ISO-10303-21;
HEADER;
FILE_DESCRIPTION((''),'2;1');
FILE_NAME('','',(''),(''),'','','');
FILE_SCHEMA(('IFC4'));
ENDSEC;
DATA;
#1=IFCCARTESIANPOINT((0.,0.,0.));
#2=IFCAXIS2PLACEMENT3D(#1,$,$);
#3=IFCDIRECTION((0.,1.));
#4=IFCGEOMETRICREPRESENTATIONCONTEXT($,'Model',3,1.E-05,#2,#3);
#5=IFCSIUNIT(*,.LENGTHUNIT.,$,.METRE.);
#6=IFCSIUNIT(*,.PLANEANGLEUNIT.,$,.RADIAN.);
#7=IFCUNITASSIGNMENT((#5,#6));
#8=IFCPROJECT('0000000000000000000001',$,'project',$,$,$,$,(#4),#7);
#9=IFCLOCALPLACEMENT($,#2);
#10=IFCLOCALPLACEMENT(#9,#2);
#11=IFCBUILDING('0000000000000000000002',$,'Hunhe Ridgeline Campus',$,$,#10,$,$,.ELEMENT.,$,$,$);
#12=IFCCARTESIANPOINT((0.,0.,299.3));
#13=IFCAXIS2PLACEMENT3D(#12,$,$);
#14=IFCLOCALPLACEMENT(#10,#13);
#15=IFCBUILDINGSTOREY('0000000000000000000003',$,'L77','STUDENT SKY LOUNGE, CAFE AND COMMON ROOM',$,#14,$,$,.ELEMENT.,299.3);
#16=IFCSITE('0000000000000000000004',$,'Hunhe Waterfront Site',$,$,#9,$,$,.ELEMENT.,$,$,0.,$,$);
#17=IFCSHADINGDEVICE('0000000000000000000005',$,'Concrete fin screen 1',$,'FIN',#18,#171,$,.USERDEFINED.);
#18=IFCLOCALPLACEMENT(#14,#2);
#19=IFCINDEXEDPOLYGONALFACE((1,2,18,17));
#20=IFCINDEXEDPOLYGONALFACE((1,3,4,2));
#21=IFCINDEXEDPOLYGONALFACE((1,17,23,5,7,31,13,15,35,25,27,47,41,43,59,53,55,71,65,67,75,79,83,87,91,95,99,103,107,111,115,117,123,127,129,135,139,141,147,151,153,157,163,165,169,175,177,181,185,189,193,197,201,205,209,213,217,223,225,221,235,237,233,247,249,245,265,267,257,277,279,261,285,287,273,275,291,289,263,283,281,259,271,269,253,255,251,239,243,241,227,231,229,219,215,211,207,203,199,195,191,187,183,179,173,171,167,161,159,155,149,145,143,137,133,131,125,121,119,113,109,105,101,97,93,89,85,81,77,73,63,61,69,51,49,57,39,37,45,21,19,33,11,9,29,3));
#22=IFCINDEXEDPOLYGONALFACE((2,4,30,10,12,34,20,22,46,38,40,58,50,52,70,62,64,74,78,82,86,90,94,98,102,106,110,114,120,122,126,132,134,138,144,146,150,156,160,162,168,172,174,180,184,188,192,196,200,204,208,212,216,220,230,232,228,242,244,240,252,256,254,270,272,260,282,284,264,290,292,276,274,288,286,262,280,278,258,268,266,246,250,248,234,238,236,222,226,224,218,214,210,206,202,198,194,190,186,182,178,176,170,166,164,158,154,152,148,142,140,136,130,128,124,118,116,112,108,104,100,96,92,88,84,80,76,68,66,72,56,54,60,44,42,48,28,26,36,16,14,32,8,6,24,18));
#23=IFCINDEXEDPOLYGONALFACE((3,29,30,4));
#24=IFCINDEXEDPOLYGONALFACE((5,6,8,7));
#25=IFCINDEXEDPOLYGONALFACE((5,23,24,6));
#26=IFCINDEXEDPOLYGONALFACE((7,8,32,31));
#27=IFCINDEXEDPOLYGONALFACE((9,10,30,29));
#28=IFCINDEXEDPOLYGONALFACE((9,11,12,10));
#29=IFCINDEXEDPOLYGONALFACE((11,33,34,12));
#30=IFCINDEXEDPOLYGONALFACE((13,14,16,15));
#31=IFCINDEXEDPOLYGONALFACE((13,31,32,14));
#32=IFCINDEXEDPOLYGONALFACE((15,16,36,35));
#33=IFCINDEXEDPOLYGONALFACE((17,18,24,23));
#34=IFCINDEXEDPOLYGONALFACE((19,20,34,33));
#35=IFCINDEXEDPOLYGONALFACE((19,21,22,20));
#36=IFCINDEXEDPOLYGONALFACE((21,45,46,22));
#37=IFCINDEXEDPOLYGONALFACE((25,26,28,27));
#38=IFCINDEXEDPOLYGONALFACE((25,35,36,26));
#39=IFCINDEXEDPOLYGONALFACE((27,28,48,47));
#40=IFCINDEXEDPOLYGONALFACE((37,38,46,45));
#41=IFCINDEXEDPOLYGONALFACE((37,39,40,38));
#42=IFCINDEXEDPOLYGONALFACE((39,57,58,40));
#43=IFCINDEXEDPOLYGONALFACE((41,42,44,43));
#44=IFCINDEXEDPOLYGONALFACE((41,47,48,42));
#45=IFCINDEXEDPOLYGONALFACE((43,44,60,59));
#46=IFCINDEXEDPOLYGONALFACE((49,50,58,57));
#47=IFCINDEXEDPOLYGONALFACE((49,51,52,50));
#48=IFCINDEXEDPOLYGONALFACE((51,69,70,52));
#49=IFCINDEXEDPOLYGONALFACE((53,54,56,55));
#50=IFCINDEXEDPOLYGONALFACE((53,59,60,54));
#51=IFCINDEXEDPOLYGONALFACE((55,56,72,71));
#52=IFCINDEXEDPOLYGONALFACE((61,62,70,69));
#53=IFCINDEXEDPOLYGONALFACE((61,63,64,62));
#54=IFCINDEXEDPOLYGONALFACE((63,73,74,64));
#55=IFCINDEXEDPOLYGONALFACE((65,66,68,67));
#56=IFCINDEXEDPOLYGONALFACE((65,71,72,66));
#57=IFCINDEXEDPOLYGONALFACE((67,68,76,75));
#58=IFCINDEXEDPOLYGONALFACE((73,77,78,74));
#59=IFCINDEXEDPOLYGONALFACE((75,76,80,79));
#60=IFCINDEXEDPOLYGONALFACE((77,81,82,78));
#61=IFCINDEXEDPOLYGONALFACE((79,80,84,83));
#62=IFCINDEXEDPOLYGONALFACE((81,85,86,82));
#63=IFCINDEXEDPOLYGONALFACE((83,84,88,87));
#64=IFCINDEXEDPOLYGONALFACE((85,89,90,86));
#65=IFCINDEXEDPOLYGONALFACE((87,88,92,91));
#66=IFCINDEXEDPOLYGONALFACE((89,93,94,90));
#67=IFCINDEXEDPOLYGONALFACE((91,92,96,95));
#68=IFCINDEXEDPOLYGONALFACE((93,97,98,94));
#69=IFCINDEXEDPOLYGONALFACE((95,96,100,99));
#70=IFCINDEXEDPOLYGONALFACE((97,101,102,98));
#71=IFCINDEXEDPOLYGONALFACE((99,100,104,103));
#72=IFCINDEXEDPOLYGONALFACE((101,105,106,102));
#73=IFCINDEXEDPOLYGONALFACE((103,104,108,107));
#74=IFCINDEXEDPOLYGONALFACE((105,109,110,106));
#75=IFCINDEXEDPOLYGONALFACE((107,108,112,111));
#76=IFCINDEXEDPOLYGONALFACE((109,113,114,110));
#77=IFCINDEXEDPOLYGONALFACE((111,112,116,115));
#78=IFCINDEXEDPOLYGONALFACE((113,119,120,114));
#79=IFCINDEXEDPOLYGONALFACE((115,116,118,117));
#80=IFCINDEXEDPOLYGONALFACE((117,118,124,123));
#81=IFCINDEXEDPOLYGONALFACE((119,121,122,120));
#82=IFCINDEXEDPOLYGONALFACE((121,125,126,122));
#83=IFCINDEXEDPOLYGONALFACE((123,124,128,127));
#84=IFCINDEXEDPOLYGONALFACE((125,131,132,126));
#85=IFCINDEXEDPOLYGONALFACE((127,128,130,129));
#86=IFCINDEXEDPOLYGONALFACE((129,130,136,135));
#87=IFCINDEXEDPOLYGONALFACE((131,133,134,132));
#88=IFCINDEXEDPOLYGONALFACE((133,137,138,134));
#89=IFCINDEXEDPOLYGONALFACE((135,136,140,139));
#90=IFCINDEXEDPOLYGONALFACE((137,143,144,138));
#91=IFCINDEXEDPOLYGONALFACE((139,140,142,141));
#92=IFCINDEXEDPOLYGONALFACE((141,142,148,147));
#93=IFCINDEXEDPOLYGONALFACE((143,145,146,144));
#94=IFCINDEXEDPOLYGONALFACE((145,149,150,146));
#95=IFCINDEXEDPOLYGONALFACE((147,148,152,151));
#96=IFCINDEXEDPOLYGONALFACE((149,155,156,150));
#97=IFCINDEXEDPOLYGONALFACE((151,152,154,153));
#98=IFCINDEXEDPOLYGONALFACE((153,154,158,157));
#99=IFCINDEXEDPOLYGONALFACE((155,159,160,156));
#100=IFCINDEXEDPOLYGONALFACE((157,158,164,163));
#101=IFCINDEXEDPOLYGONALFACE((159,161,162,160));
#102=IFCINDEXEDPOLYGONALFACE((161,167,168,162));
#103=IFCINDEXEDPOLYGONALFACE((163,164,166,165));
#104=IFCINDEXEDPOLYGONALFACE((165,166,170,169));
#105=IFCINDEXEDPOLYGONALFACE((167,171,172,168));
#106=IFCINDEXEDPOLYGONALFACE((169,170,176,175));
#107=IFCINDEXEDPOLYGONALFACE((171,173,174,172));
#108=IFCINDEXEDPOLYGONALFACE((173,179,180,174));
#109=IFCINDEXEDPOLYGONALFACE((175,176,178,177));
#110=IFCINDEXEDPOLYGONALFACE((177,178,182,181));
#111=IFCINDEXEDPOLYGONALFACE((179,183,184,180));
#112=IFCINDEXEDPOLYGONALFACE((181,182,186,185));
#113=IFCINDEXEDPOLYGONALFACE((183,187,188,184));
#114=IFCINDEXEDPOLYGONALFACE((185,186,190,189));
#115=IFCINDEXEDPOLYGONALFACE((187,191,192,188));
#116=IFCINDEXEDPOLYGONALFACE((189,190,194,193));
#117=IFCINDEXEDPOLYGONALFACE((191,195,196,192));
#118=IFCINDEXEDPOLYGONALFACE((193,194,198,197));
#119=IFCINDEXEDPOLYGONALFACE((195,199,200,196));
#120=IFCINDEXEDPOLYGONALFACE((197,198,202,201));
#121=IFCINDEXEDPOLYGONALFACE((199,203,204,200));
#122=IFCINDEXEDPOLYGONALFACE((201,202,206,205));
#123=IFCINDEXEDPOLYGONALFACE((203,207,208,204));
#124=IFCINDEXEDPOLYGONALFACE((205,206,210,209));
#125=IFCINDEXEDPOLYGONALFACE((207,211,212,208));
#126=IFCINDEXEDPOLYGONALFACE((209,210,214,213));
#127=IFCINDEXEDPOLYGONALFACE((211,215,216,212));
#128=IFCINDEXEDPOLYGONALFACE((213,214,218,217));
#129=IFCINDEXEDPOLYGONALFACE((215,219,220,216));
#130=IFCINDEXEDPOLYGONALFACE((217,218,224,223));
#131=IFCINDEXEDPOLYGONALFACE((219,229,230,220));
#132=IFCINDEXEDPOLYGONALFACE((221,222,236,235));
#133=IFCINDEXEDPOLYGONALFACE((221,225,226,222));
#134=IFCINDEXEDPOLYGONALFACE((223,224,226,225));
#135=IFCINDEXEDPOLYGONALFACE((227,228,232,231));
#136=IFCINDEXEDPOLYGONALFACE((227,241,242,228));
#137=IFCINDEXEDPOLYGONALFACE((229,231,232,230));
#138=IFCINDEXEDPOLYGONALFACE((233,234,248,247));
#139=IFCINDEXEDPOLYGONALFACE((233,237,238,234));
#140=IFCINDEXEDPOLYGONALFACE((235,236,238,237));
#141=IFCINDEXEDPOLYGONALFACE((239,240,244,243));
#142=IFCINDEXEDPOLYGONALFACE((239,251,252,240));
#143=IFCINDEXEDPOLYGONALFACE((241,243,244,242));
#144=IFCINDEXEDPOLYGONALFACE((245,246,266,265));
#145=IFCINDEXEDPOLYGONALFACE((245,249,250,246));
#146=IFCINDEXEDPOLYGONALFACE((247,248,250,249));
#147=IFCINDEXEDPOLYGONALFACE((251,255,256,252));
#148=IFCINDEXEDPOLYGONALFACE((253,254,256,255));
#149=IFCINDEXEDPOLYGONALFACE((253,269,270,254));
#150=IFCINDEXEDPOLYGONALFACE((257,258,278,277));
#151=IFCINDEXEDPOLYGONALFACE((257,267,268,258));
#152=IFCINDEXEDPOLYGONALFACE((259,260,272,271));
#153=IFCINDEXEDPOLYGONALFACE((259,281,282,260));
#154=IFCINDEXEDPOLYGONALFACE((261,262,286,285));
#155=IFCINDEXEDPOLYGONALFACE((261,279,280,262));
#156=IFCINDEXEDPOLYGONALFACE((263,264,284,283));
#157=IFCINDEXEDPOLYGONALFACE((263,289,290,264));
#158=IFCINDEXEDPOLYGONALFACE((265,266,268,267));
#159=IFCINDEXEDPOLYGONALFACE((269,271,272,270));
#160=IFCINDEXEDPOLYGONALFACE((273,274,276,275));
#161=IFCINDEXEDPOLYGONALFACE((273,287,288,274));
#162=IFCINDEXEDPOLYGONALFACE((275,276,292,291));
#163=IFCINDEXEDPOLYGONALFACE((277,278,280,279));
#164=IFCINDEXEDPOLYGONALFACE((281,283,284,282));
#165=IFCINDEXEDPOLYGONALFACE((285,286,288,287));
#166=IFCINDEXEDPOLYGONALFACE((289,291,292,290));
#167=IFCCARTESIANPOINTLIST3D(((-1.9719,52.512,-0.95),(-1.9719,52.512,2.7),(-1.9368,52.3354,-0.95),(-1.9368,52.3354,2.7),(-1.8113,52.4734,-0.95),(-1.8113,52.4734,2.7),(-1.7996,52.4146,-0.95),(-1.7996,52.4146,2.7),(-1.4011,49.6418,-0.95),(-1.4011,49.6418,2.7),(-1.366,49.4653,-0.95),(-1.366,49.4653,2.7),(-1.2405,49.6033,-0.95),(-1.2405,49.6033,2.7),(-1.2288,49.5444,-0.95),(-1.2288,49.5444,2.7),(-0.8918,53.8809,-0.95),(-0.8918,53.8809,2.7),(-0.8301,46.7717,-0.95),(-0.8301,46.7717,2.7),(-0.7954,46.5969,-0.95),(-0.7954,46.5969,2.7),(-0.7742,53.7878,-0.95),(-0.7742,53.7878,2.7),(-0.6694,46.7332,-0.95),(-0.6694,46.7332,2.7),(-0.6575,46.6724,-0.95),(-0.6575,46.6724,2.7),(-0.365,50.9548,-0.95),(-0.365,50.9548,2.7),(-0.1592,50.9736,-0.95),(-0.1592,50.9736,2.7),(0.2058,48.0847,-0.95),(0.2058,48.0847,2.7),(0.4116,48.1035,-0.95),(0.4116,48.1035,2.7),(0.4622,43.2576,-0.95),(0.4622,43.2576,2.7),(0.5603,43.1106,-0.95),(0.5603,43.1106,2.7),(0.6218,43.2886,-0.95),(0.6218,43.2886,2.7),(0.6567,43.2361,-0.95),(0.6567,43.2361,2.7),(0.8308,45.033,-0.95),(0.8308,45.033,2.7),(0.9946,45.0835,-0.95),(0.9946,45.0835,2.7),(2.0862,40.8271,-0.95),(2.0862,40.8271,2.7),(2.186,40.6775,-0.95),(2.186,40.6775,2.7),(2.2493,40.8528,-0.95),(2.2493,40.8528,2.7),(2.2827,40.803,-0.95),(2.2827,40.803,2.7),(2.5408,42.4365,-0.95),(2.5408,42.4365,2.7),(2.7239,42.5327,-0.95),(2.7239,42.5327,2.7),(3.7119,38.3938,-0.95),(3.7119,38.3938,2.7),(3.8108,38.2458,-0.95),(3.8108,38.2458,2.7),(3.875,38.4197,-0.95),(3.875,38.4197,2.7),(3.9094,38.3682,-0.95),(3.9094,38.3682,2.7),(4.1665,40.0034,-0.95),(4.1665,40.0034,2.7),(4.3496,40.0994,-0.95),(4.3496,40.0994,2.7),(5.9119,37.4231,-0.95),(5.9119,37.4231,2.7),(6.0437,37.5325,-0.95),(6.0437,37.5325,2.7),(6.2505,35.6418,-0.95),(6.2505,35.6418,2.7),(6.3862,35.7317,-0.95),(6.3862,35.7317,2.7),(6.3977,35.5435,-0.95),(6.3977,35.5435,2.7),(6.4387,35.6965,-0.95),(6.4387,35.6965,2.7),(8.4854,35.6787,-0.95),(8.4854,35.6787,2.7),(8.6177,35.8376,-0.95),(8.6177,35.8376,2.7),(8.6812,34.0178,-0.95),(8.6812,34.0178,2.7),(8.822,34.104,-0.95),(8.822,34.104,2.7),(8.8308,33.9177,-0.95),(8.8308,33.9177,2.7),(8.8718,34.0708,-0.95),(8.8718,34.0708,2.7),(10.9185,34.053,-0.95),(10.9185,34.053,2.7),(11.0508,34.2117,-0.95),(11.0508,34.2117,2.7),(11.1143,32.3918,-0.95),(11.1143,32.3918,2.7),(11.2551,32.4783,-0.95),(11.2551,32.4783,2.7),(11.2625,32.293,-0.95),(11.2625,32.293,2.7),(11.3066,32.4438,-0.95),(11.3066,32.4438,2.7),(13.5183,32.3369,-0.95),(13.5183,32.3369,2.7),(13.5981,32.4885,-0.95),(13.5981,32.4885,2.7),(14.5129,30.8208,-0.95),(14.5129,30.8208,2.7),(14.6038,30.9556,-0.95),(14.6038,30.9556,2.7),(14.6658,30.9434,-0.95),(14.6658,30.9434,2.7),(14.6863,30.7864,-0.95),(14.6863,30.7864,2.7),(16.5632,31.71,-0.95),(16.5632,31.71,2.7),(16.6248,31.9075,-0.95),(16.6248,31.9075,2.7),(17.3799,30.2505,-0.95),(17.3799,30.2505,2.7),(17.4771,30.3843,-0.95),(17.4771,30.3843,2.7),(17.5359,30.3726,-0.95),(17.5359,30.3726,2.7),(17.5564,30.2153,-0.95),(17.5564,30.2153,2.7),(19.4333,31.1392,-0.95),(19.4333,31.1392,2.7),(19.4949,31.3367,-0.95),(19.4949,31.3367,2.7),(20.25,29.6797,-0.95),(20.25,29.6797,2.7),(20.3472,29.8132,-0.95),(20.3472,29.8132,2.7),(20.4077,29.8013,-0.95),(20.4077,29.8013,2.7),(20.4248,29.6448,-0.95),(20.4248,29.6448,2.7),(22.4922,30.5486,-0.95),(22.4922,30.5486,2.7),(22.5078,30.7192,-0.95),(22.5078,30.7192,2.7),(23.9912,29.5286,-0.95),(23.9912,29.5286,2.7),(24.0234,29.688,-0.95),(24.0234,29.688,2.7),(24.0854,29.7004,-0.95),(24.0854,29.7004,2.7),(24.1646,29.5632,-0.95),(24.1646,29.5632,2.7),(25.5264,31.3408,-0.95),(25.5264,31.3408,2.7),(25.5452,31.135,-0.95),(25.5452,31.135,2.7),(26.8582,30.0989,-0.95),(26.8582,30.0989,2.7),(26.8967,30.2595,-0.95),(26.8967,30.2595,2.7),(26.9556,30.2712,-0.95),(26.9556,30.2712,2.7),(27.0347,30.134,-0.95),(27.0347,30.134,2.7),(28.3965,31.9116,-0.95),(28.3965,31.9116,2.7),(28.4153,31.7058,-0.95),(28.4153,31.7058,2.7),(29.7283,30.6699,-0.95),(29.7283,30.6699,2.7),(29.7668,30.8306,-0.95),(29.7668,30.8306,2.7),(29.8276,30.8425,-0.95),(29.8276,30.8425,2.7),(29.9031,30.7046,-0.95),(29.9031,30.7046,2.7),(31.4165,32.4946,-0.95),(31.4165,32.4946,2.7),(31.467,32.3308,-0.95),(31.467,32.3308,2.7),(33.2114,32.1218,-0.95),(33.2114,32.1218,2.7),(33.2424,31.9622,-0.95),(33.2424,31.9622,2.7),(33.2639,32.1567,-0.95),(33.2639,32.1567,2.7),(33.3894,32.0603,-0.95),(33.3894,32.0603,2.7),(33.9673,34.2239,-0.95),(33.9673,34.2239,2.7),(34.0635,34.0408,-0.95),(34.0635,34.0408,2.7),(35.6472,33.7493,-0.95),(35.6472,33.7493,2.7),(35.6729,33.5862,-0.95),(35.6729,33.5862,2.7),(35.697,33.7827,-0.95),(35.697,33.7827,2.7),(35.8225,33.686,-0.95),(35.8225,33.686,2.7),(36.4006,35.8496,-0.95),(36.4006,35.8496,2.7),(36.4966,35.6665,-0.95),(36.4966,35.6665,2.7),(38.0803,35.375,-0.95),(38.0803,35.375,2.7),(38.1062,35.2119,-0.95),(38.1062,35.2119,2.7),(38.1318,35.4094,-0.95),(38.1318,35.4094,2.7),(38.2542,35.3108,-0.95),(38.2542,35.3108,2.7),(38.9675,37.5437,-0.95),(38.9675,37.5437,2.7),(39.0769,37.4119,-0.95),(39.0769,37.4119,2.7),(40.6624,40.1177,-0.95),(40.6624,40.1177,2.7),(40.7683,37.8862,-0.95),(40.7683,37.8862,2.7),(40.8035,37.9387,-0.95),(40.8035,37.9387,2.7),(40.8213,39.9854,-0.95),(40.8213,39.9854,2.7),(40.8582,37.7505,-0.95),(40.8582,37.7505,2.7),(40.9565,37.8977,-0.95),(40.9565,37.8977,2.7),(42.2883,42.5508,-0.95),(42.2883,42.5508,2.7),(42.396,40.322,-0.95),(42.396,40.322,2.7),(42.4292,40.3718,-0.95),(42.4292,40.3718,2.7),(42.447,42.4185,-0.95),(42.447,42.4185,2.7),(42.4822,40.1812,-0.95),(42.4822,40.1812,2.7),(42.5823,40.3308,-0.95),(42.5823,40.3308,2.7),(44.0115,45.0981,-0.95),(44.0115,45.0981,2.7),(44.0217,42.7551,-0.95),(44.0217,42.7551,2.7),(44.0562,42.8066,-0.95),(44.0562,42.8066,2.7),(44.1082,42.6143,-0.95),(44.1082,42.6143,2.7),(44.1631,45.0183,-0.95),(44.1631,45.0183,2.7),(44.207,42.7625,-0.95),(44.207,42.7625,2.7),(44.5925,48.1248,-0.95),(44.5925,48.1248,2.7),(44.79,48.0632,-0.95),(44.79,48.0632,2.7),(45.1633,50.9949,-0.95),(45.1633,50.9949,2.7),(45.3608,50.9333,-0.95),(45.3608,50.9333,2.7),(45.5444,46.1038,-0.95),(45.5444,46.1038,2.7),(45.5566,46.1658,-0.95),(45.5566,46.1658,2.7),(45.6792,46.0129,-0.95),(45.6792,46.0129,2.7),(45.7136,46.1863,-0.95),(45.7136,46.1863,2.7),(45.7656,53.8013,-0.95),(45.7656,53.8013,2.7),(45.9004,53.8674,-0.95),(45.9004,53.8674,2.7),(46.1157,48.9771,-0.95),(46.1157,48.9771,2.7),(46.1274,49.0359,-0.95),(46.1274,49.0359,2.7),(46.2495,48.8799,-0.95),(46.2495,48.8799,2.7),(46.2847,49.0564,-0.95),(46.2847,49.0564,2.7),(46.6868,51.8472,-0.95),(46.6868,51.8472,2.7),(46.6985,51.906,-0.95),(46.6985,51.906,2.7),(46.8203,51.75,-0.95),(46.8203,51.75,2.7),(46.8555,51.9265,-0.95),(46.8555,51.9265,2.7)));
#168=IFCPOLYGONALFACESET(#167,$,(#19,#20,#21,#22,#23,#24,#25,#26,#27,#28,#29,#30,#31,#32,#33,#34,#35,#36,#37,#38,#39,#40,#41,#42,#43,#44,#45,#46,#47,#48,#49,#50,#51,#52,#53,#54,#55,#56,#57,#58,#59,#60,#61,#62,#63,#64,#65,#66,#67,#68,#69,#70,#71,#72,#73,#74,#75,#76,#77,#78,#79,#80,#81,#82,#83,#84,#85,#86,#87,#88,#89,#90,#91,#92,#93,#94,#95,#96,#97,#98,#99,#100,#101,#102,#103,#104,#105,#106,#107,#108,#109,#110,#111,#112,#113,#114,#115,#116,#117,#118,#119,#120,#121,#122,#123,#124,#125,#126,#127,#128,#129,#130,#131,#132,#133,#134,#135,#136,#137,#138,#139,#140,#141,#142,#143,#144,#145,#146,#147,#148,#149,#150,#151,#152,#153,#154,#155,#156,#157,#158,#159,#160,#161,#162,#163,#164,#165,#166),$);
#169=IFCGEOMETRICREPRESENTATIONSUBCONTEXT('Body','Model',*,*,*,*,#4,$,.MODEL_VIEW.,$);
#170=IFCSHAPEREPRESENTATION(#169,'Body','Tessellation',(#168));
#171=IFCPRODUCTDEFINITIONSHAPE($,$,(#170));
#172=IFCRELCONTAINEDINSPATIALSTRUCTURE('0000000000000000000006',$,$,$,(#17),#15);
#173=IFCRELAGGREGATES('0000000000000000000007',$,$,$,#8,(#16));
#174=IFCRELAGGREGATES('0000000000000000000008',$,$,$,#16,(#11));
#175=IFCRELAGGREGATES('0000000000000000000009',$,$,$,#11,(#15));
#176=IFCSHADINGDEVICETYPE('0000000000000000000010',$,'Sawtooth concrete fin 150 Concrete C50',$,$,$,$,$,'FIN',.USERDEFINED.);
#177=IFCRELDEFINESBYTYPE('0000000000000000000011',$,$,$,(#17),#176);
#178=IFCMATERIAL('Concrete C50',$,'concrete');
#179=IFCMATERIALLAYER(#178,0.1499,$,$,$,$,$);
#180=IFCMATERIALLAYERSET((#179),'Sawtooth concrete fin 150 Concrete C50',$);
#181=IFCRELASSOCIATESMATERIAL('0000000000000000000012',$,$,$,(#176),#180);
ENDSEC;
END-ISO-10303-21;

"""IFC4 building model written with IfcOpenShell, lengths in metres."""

from ifc_helpers import new_model, si_unit, direction, frame, origin, place, context, subcontext, project, spatial, polyline, outline, extrude, material, layer, layer_set, type_object, element, save


model = new_model("IFC4")

# Units and contexts
model_context = context("Model", 3, precision=1e-05, world=origin(), true_north=direction((0.0, 1.0)))
body_context = subcontext(model_context, "Body", "Model", "MODEL_VIEW")
ifc_project = project(units=[si_unit("LENGTHUNIT", "METRE"), si_unit("PLANEANGLEUNIT", "RADIAN")], contexts=[model_context])

# Site, building, storey
site_placement = place(None, origin())
site = spatial("IfcSite", under=ifc_project, at=site_placement, Name="Hunhe Waterfront Site", CompositionType="ELEMENT", RefElevation=0.0)
building_placement = place(site_placement, origin())
building = spatial("IfcBuilding", under=site, at=building_placement, Name="Hunhe Ridgeline Campus", CompositionType="ELEMENT")
storey_placement = place(building_placement, frame((0.0, 0.0, 299.3)))
storey = spatial("IfcBuildingStorey", under=building, at=storey_placement, Name="L77", Description="STUDENT SKY LOUNGE, CAFE AND COMMON ROOM", CompositionType="ELEMENT", Elevation=299.3)

# Shared definitions
ifc_material_1 = material(Name="Concrete C50", Category="concrete")

# Shading device
ifc_layer_1 = layer(ifc_material_1, 0.1499)
ifc_layer_set_1 = layer_set([ifc_layer_1], Name="Sawtooth concrete fin 150 Concrete C50")
shading_device_type = type_object("IfcShadingDeviceType", Name="Sawtooth concrete fin 150 Concrete C50", ElementType="FIN", PredefinedType="USERDEFINED", material=ifc_layer_set_1)
shading_device_1_placement = place(storey_placement, frame((0.0, 0.0, -0.95)))
element("IfcShadingDevice", 1, at=shading_device_1_placement, inside=storey, type_object=shading_device_type, Name="Concrete fin screen 1", ObjectType="FIN", PredefinedType="USERDEFINED", context=body_context, shape_type="SweptSolid", body=[
    extrude(outline(polyline([(-0.7742, 53.7878), (-0.8918, 53.8809), (-1.9719, 52.512), (-1.9368, 52.3354), (-0.365, 50.9548), (-1.4011, 49.6418), (-1.366, 49.4653), (0.2058, 48.0847), (-0.8301, 46.7717), (-0.7954, 46.5969), (0.8308, 45.033), (0.4622, 43.2576), (0.5603, 43.1106), (2.5408, 42.4365), (2.0862, 40.8271), (2.186, 40.6775), (4.1665, 40.0034), (3.7119, 38.3938), (3.8108, 38.2458), (5.9119, 37.4231), (6.2505, 35.6418), (6.3977, 35.5435), (8.4854, 35.6787), (8.6812, 34.0178), (8.8308, 33.9177), (10.9185, 34.053), (11.1143, 32.3918), (11.2625, 32.293), (13.5183, 32.3369), (14.5129, 30.8208), (14.6863, 30.7864), (16.5632, 31.71), (17.3799, 30.2505), (17.5564, 30.2153), (19.4333, 31.1392), (20.25, 29.6797), (20.4248, 29.6448), (22.4922, 30.5486), (23.9912, 29.5286), (24.1646, 29.5632), (25.5452, 31.135), (26.8582, 30.0989), (27.0347, 30.134), (28.4153, 31.7058), (29.7283, 30.6699), (29.9031, 30.7046), (31.467, 32.3308), (33.2424, 31.9622), (33.3894, 32.0603), (34.0635, 34.0408), (35.6729, 33.5862), (35.8225, 33.686), (36.4966, 35.6665), (38.1062, 35.2119), (38.2542, 35.3108), (39.0769, 37.4119), (40.8582, 37.7505), (40.9565, 37.8977), (40.8213, 39.9854), (42.4822, 40.1812), (42.5823, 40.3308), (42.447, 42.4185), (44.1082, 42.6143), (44.207, 42.7625), (44.1631, 45.0183), (45.6792, 46.0129), (45.7136, 46.1863), (44.79, 48.0632), (46.2495, 48.8799), (46.2847, 49.0564), (45.3608, 50.9333), (46.8203, 51.75), (46.8555, 51.9265), (45.9004, 53.8674), (45.7656, 53.8013), (46.6985, 51.906), (46.6868, 51.8472), (45.1633, 50.9949), (46.1274, 49.0359), (46.1157, 48.9771), (44.5925, 48.1248), (45.5566, 46.1658), (45.5444, 46.1038), (44.0115, 45.0981), (44.0562, 42.8066), (44.0217, 42.7551), (42.2883, 42.5508), (42.4292, 40.3718), (42.396, 40.322), (40.6624, 40.1177), (40.8035, 37.9387), (40.7683, 37.8862), (38.9675, 37.5437), (38.1318, 35.4094), (38.0803, 35.375), (36.4006, 35.8496), (35.697, 33.7827), (35.6472, 33.7493), (33.9673, 34.2239), (33.2639, 32.1567), (33.2114, 32.1218), (31.4165, 32.4946), (29.8276, 30.8425), (29.7668, 30.8306), (28.3965, 31.9116), (26.9556, 30.2712), (26.8967, 30.2595), (25.5264, 31.3408), (24.0854, 29.7004), (24.0234, 29.688), (22.5078, 30.7192), (20.4077, 29.8013), (20.3472, 29.8132), (19.4949, 31.3367), (17.5359, 30.3726), (17.4771, 30.3843), (16.6248, 31.9075), (14.6658, 30.9434), (14.6038, 30.9556), (13.5981, 32.4885), (11.3066, 32.4438), (11.2551, 32.4783), (11.0508, 34.2117), (8.8718, 34.0708), (8.822, 34.104), (8.6177, 35.8376), (6.4387, 35.6965), (6.3862, 35.7317), (6.0437, 37.5325), (3.9094, 38.3682), (3.875, 38.4197), (4.3496, 40.0994), (2.2827, 40.803), (2.2493, 40.8528), (2.7239, 42.5327), (0.6567, 43.2361), (0.6218, 43.2886), (0.9946, 45.0835), (-0.6575, 46.6724), (-0.6694, 46.7332), (0.4116, 48.1035), (-1.2288, 49.5444), (-1.2405, 49.6033), (-0.1592, 50.9736), (-1.7996, 52.4146), (-1.8113, 52.4734), (-0.7742, 53.7878)])), origin(), (0.0, 0.0, 1.0), 3.6499),
])

save(model, "model.ifc")
